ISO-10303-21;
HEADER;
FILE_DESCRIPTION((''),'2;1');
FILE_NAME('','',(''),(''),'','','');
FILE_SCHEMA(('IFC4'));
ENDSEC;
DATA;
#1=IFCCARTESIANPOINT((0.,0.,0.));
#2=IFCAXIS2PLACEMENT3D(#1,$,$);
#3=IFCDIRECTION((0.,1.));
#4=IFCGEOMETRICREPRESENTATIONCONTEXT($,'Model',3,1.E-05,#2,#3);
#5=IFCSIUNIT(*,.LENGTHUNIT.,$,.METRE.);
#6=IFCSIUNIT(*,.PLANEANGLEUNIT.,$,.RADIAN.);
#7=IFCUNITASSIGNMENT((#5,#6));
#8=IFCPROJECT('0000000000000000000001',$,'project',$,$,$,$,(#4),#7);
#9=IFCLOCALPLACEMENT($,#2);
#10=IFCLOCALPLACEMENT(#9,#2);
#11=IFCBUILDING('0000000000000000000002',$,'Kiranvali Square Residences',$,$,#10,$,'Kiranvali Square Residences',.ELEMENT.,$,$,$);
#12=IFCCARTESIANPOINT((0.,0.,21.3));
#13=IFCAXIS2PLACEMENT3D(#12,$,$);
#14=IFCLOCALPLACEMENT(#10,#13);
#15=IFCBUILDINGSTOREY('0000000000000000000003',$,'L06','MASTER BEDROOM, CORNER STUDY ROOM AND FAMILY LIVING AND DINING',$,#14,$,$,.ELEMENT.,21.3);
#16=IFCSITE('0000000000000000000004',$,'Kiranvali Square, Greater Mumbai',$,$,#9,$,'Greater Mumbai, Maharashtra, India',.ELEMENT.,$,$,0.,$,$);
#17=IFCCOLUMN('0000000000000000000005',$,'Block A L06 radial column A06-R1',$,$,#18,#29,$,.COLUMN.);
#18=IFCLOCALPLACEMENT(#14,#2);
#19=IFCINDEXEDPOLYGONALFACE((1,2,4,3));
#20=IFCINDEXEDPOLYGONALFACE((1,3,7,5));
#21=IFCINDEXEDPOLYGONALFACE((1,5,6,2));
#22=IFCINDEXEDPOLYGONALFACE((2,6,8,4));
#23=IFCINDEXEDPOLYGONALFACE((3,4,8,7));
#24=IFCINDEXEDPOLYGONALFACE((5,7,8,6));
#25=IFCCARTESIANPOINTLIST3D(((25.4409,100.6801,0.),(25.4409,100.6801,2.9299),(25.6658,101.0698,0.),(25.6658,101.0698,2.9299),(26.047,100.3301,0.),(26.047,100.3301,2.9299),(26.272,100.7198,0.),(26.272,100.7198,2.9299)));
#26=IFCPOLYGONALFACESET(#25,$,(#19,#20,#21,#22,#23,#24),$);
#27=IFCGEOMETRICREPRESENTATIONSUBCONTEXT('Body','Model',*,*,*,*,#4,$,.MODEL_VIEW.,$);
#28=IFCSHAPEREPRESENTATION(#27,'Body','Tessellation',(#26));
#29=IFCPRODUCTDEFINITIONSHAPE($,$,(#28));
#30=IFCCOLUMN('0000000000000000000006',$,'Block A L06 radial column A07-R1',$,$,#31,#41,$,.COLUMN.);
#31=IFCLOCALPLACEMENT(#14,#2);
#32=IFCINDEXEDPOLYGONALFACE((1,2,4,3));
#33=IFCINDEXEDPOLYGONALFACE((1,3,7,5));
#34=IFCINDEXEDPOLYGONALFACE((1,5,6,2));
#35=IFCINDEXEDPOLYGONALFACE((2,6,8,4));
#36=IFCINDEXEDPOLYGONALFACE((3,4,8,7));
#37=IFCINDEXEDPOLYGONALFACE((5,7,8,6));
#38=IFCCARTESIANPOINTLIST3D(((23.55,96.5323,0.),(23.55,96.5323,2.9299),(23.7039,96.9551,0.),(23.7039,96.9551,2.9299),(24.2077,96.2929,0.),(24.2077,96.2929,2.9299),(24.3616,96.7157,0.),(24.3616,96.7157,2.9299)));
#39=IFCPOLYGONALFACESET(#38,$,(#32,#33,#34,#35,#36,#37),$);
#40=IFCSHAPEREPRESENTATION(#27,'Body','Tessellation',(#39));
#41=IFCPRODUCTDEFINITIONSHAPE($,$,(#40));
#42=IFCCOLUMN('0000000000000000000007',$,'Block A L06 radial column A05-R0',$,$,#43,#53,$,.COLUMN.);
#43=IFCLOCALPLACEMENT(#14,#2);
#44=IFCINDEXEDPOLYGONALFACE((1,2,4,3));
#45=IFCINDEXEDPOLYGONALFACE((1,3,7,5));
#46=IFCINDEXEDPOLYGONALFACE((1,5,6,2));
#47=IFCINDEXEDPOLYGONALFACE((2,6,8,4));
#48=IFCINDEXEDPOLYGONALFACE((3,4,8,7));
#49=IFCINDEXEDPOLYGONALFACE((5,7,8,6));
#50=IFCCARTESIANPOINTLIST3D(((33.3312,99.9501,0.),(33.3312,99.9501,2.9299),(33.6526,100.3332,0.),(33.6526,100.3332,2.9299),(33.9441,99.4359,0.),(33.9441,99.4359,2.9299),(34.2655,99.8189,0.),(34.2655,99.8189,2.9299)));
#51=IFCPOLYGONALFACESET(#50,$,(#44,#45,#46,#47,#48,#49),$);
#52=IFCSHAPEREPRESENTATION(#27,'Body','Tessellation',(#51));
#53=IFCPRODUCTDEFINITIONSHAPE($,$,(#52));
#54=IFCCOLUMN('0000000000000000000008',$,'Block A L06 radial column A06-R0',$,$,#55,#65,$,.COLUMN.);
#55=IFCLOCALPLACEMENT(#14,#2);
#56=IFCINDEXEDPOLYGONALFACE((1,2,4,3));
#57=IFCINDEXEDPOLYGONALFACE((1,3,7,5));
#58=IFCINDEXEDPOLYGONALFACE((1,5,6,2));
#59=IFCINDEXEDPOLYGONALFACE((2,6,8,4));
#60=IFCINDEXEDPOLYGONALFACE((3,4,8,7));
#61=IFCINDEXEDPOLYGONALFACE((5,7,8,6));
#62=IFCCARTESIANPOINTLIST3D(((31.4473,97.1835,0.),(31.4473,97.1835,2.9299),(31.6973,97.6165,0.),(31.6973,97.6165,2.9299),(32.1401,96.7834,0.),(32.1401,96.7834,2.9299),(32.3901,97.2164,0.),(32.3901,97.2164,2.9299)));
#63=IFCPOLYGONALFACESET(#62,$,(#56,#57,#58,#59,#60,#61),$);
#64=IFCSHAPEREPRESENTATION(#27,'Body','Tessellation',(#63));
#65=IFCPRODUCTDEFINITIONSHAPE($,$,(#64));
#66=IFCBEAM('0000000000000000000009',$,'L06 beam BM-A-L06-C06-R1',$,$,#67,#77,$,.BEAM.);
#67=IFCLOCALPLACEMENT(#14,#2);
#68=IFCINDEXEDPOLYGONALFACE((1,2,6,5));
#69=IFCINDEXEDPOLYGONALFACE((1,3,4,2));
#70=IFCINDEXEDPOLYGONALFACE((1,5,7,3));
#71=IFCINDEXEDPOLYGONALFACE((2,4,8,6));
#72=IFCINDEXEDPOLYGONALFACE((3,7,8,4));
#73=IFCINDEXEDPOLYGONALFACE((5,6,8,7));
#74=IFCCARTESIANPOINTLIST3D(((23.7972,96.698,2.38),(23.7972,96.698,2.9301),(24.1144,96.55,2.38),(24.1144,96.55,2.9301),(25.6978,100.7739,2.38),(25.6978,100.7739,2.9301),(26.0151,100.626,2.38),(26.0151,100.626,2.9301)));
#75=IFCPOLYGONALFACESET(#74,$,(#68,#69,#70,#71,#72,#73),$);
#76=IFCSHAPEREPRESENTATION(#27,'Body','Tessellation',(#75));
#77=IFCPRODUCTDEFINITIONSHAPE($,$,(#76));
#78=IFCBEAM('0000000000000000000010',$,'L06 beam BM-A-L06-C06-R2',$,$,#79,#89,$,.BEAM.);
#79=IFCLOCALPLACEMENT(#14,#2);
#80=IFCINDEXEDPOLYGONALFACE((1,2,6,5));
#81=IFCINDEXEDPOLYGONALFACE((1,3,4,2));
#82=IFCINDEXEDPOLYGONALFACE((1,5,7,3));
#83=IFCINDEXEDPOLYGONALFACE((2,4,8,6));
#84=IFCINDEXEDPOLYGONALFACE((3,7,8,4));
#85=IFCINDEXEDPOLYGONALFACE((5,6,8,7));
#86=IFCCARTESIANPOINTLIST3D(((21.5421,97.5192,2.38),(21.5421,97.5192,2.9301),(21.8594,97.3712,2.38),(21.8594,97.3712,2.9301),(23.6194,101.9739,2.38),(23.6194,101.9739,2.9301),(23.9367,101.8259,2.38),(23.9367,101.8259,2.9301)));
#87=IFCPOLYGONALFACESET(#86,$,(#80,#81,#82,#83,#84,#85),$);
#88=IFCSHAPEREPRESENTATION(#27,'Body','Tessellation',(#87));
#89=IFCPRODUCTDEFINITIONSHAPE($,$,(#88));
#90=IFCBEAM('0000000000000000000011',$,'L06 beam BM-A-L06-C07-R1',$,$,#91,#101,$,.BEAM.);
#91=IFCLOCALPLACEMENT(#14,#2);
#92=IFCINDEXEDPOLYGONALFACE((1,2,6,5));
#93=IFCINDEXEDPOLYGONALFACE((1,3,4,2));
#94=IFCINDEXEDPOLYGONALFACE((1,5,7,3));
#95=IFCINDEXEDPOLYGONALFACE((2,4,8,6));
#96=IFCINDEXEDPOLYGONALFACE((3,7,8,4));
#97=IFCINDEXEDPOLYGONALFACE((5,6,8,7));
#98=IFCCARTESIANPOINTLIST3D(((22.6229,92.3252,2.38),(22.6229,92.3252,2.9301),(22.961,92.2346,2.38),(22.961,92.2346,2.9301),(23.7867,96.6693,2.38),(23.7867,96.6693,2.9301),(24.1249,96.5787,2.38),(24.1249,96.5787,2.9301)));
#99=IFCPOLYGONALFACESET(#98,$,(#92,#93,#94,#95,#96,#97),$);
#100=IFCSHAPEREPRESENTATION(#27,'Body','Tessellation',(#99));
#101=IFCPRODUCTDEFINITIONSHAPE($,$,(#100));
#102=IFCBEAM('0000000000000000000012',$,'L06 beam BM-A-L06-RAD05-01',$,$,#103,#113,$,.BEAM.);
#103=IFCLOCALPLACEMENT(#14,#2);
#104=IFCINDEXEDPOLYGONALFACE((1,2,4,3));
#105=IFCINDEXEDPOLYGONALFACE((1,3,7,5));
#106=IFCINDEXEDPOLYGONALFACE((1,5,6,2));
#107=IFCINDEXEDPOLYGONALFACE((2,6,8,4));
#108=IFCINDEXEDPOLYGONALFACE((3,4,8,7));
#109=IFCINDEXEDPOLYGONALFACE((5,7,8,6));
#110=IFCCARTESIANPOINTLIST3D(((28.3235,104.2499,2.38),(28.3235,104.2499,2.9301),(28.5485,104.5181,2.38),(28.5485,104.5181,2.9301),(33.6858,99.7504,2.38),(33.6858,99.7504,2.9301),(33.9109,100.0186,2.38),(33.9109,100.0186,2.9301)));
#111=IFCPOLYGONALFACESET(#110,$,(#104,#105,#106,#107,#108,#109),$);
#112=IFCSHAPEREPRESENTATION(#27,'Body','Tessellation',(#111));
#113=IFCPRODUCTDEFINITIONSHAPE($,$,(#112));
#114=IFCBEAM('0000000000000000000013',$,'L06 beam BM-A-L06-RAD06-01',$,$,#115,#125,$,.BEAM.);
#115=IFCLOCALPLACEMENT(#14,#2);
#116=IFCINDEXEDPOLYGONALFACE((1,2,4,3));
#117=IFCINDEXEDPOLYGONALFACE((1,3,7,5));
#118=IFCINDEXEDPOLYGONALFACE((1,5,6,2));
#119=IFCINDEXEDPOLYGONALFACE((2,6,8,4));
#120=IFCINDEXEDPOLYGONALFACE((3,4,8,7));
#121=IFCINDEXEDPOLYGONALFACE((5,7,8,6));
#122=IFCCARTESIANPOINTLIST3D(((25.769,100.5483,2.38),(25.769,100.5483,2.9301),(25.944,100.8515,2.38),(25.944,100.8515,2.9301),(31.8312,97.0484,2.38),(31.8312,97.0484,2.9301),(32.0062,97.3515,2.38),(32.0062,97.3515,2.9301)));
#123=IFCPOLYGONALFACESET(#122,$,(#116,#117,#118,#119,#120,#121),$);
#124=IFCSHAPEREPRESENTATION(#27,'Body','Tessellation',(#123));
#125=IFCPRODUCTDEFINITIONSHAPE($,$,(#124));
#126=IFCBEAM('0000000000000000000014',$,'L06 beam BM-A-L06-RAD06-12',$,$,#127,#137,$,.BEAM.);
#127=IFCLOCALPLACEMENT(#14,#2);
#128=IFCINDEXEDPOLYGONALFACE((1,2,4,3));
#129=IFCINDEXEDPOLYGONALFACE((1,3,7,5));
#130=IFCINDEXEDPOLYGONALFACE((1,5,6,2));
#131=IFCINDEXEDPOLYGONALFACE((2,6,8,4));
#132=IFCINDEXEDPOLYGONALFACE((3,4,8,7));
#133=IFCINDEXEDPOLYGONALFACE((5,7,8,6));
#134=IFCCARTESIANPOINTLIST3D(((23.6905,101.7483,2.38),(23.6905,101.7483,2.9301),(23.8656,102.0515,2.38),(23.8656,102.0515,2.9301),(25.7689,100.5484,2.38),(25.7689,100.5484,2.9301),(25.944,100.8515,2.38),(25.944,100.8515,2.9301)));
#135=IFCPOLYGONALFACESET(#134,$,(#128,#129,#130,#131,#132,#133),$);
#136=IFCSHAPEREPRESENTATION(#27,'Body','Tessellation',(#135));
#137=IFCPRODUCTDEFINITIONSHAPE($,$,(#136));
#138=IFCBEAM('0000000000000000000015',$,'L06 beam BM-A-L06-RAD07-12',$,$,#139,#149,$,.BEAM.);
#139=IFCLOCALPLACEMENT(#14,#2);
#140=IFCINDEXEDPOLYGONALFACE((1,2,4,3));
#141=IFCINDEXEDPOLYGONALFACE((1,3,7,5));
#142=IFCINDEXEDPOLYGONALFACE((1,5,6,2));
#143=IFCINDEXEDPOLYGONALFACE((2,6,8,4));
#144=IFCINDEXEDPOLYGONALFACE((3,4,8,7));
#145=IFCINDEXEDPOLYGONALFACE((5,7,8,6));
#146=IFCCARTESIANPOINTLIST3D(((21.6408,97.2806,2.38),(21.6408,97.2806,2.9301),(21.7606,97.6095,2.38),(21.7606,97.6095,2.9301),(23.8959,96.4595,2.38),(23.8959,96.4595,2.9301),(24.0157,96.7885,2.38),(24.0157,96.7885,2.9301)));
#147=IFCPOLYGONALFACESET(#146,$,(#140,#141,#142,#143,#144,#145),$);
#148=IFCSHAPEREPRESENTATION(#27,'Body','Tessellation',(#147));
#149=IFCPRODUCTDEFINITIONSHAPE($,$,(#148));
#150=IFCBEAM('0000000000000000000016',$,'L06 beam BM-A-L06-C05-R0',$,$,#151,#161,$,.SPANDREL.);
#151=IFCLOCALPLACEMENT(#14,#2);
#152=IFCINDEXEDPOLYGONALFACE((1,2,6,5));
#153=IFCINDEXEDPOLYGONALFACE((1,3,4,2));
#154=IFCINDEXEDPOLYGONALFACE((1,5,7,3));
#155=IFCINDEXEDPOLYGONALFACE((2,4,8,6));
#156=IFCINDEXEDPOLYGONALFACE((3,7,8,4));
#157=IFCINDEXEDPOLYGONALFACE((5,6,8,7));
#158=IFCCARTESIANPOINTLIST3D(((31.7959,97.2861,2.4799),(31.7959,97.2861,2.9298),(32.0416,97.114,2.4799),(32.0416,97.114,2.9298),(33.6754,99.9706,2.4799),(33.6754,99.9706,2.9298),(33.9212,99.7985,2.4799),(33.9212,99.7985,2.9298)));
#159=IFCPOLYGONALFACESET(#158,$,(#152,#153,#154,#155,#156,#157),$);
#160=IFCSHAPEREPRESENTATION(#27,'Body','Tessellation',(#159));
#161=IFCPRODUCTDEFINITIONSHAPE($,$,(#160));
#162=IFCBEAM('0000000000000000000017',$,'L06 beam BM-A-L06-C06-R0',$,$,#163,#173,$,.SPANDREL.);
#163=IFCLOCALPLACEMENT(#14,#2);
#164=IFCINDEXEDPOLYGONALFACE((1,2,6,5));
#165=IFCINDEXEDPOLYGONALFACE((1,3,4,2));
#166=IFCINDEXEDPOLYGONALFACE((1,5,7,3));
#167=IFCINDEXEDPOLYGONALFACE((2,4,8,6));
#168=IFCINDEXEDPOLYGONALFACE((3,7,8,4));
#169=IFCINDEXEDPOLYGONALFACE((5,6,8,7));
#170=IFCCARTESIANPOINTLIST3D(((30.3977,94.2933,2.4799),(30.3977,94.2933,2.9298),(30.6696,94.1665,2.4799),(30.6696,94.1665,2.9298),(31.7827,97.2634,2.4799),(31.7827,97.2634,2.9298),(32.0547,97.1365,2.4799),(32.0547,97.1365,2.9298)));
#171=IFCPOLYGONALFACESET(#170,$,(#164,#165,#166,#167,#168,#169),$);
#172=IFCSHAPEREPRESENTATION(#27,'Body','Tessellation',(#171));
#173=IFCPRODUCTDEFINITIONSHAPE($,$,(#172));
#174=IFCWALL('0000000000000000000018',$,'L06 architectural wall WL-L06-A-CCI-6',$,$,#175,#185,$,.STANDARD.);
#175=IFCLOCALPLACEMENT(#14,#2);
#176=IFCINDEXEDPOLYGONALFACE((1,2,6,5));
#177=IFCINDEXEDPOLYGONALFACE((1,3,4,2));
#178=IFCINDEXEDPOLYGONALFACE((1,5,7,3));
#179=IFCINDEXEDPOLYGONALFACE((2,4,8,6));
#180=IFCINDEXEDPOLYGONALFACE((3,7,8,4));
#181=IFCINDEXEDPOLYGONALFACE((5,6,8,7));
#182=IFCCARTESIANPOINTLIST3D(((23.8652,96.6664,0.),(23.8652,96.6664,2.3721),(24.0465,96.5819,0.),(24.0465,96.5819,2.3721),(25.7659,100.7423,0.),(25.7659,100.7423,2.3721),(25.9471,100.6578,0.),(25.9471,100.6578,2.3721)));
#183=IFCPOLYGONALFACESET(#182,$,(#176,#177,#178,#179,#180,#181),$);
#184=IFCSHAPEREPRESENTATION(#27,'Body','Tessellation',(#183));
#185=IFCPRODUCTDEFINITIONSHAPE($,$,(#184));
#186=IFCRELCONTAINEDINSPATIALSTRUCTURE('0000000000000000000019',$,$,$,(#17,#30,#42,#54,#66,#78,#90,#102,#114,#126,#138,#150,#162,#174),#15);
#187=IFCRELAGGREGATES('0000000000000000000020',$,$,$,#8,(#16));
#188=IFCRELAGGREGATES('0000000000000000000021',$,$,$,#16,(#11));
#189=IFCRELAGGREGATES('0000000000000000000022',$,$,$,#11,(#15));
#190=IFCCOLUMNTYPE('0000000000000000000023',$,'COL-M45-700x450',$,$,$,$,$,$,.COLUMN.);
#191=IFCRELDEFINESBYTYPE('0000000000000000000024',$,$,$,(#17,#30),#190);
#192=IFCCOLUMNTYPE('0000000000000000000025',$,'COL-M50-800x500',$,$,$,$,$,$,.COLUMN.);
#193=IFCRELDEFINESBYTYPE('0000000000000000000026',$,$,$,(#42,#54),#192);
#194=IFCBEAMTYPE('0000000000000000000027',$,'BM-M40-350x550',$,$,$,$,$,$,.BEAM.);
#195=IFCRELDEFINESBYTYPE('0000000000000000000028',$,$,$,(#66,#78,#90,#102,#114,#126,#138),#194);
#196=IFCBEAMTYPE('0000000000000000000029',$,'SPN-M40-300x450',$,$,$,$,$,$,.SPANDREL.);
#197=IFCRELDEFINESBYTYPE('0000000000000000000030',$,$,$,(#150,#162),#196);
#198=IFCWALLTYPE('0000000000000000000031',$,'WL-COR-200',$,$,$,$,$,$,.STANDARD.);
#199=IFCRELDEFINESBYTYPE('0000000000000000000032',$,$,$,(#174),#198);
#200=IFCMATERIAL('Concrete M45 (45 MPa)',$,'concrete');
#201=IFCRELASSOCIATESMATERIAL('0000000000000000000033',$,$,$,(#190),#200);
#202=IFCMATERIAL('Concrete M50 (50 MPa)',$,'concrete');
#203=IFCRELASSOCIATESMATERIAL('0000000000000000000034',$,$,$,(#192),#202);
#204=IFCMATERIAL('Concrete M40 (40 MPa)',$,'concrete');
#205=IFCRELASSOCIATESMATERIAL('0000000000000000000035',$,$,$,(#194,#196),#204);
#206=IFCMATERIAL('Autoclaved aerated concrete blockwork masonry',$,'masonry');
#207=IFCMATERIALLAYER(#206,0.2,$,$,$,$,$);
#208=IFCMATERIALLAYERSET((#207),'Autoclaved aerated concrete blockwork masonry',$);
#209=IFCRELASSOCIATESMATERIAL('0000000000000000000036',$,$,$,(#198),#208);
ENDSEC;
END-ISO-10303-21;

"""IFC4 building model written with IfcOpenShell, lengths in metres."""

from ifc_helpers import new_model, si_unit, direction, frame, frame_2d, origin, origin_2d, place, context, subcontext, project, spatial, rectangle, extrude, material, layer, layer_set, material_profile, profile_set, type_object, element, save


model = new_model("IFC4")

# Units and contexts
model_context = context("Model", 3, precision=1e-05, world=origin(), true_north=direction((0.0, 1.0)))
body_context = subcontext(model_context, "Body", "Model", "MODEL_VIEW")
ifc_project = project(units=[si_unit("LENGTHUNIT", "METRE"), si_unit("PLANEANGLEUNIT", "RADIAN")], contexts=[model_context])

# Site, building, storey
site_placement = place(None, origin())
site = spatial("IfcSite", under=ifc_project, at=site_placement, Name="Kiranvali Square, Greater Mumbai", LongName="Greater Mumbai, Maharashtra, India", CompositionType="ELEMENT", RefElevation=0.0)
building_placement = place(site_placement, origin())
building = spatial("IfcBuilding", under=site, at=building_placement, Name="Kiranvali Square Residences", LongName="Kiranvali Square Residences", CompositionType="ELEMENT")
storey_placement = place(building_placement, frame((0.0, 0.0, 21.3)))
storey = spatial("IfcBuildingStorey", under=building, at=storey_placement, Name="L06", Description="MASTER BEDROOM, CORNER STUDY ROOM AND FAMILY LIVING AND DINING", CompositionType="ELEMENT", Elevation=21.3)

# Columns
ifc_material_1 = material(Name="Concrete M45 (45 MPa)", Category="concrete")
ifc_material_profile_1 = material_profile(ifc_material_1, rectangle(XDim=0.45, YDim=0.7, at=origin_2d()), Name="RC 700x450")
ifc_profile_set_1 = profile_set([ifc_material_profile_1], Name="Concrete M45 (45 MPa)")
column_type_1 = type_object("IfcColumnType", Name="COL-M45-700x450", PredefinedType="COLUMN", material=ifc_profile_set_1)
for number, where, z_axis, x_axis, name in (
    (1, (25.8564, 100.7, 0.0), (0.0, 0.0, 1.0), (0.5, 0.866025, 0.0), "Block A L06 radial column A06-R1"),
    (2, (23.9558, 96.624, 0.0), (0.0, 0.0, 1.0), (0.34202, 0.939693, 0.0), "Block A L06 radial column A07-R1"),
):
    element("IfcColumn", number, at=place(storey_placement, frame(where, z_axis=z_axis, x_axis=x_axis)), inside=storey, type_object=column_type_1, Name=name, PredefinedType="COLUMN", context=body_context, shape_type="SweptSolid", body=[
        extrude(rectangle(XDim=0.45, YDim=0.7, at=origin_2d()), origin(), (0.0, 0.0, 1.0), 2.9299),
    ])
ifc_material_2 = material(Name="Concrete M50 (50 MPa)", Category="concrete")
ifc_material_profile_2 = material_profile(ifc_material_2, rectangle(XDim=0.5, YDim=0.8, at=origin_2d()), Name="RC 800x500")
ifc_profile_set_2 = profile_set([ifc_material_profile_2], Name="Concrete M50 (50 MPa)")
column_type_2 = type_object("IfcColumnType", Name="COL-M50-800x500", PredefinedType="COLUMN", material=ifc_profile_set_2)
for number, where, z_axis, x_axis, name in (
    (3, (33.7983, 99.8845, 0.0), (0.0, 0.0, 1.0), (0.642788, 0.766044, 0.0), "Block A L06 radial column A05-R0"),
    (4, (31.9187, 97.2, 0.0), (0.0, 0.0, 1.0), (0.5, 0.866025, 0.0), "Block A L06 radial column A06-R0"),
):
    element("IfcColumn", number, at=place(storey_placement, frame(where, z_axis=z_axis, x_axis=x_axis)), inside=storey, type_object=column_type_2, Name=name, PredefinedType="COLUMN", context=body_context, shape_type="SweptSolid", body=[
        extrude(rectangle(XDim=0.5, YDim=0.8, at=origin_2d()), origin(), (0.0, 0.0, 1.0), 2.9299),
    ])

# Beams
ifc_material_3 = material(Name="Concrete M40 (40 MPa)", Category="concrete")
ifc_material_profile_3 = material_profile(ifc_material_3, rectangle(XDim=0.3501, YDim=0.55, at=origin_2d()), Name="RC 350x550")
ifc_profile_set_3 = profile_set([ifc_material_profile_3], Name="Concrete M40 (40 MPa)")
beam_type_1 = type_object("IfcBeamType", Name="BM-M40-350x550", PredefinedType="BEAM", material=ifc_profile_set_3)
beam_1_placement = place(storey_placement, frame((25.8564, 100.7, 2.655), z_axis=(-0.422618, -0.906308, 0.0), x_axis=(0.906308, -0.422618, 0.0)))
element("IfcBeam", 5, at=beam_1_placement, inside=storey, type_object=beam_type_1, Name="L06 beam BM-A-L06-C06-R1", PredefinedType="BEAM", context=body_context, shape_type="SweptSolid", body=[
    extrude(rectangle(XDim=0.3501, YDim=0.55, at=origin_2d()), origin(), (0.0, 0.0, 1.0), 4.4973),
])
beam_2_placement = place(storey_placement, frame((23.7781, 101.8999, 2.655), z_axis=(-0.42263, -0.906302, 0.0), x_axis=(0.906302, -0.42263, 0.0)))
element("IfcBeam", 6, at=beam_2_placement, inside=storey, type_object=beam_type_1, Name="L06 beam BM-A-L06-C06-R2", PredefinedType="BEAM", context=body_context, shape_type="SweptSolid", body=[
    extrude(rectangle(XDim=0.3501, YDim=0.55, at=origin_2d()), origin(), (0.0, 0.0, 1.0), 4.9153),
])
beam_3_placement = place(storey_placement, frame((23.9558, 96.624, 2.655), z_axis=(-0.258788, -0.965934, 0.0), x_axis=(0.965934, -0.258788, 0.0)))
element("IfcBeam", 7, at=beam_3_placement, inside=storey, type_object=beam_type_1, Name="L06 beam BM-A-L06-C07-R1", PredefinedType="BEAM", context=body_context, shape_type="SweptSolid", body=[
    extrude(rectangle(XDim=0.3501, YDim=0.55, at=origin_2d()), origin(), (0.0, 0.0, 1.0), 4.4973),
])
for number, where, z_axis, x_axis, name in (
    (8, (33.7983, 99.8845, 2.655), (-0.766044, 0.642788, 0.0), (-0.642788, -0.766044, 0.0), "L06 beam BM-A-L06-RAD05-01"),
    (9, (31.9187, 97.2, 2.655), (-0.866028, 0.499995, 0.0), (-0.499995, -0.866028, 0.0), "L06 beam BM-A-L06-RAD06-01"),
):
    element("IfcBeam", number, at=place(storey_placement, frame(where, z_axis=z_axis, x_axis=x_axis)), inside=storey, type_object=beam_type_1, Name=name, PredefinedType="BEAM", context=body_context, shape_type="SweptSolid", body=[
        extrude(rectangle(XDim=0.3501, YDim=0.55, at=origin_2d()), origin(), (0.0, 0.0, 1.0), 7.0),
    ])
for number, where, z_axis, x_axis, name in (
    (10, (25.8564, 100.7, 2.655), (-0.866025, 0.500001, 0.0), (-0.500001, -0.866025, 0.0), "L06 beam BM-A-L06-RAD06-12"),
    (11, (23.9558, 96.624, 2.655), (-0.93966, 0.342111, 0.0), (-0.342111, -0.93966, 0.0), "L06 beam BM-A-L06-RAD07-12"),
):
    element("IfcBeam", number, at=place(storey_placement, frame(where, z_axis=z_axis, x_axis=x_axis)), inside=storey, type_object=beam_type_1, Name=name, PredefinedType="BEAM", context=body_context, shape_type="SweptSolid", body=[
        extrude(rectangle(XDim=0.3501, YDim=0.55, at=origin_2d()), origin(), (0.0, 0.0, 1.0), 2.3999),
    ])
ifc_material_profile_4 = material_profile(ifc_material_3, rectangle(XDim=0.3, YDim=0.45, at=origin_2d()), Name="RC 300x450")
ifc_profile_set_4 = profile_set([ifc_material_profile_4], Name="Concrete M40 (40 MPa)")
beam_type_2 = type_object("IfcBeamType", Name="SPN-M40-300x450", PredefinedType="SPANDREL", material=ifc_profile_set_4)
for number, where, z_axis, x_axis, name in (
    (12, (33.7983, 99.8845, 2.7048), (-0.573552, -0.819169, 0.0), (0.819169, -0.573552, 0.0), "L06 beam BM-A-L06-C05-R0"),
    (13, (31.9187, 97.2, 2.7048), (-0.422641, -0.906297, 0.0), (0.906297, -0.422641, 0.0), "L06 beam BM-A-L06-C06-R0"),
):
    element("IfcBeam", number, at=place(storey_placement, frame(where, z_axis=z_axis, x_axis=x_axis)), inside=storey, type_object=beam_type_2, Name=name, PredefinedType="SPANDREL", context=body_context, shape_type="SweptSolid", body=[
        extrude(rectangle(XDim=0.3, YDim=0.45, at=origin_2d()), origin(), (0.0, 0.0, 1.0), 3.2771),
    ])

# Wall
ifc_material_4 = material(Name="Autoclaved aerated concrete blockwork masonry", Category="masonry")
ifc_layer_1 = layer(ifc_material_4, 0.2)
ifc_layer_set_1 = layer_set([ifc_layer_1], Name="Autoclaved aerated concrete blockwork masonry")
wall_type_1 = type_object("IfcWallType", Name="WL-COR-200", PredefinedType="STANDARD", material=ifc_layer_set_1)
wall_1_placement = place(storey_placement, frame((25.8564, 100.7, 0.0), z_axis=(0.0, 0.0, 1.0), x_axis=(-0.422618, -0.906308, 0.0)))
element("IfcWall", 14, at=wall_1_placement, inside=storey, type_object=wall_type_1, Name="L06 architectural wall WL-L06-A-CCI-6", PredefinedType="STANDARD", context=body_context, shape_type="SweptSolid", body=[
    extrude(rectangle(XDim=4.4973, YDim=0.2, at=frame_2d((2.2485, 0.0))), origin(), (0.0, 0.0, 1.0), 2.3721),
])

save(model, "model.ifc")
